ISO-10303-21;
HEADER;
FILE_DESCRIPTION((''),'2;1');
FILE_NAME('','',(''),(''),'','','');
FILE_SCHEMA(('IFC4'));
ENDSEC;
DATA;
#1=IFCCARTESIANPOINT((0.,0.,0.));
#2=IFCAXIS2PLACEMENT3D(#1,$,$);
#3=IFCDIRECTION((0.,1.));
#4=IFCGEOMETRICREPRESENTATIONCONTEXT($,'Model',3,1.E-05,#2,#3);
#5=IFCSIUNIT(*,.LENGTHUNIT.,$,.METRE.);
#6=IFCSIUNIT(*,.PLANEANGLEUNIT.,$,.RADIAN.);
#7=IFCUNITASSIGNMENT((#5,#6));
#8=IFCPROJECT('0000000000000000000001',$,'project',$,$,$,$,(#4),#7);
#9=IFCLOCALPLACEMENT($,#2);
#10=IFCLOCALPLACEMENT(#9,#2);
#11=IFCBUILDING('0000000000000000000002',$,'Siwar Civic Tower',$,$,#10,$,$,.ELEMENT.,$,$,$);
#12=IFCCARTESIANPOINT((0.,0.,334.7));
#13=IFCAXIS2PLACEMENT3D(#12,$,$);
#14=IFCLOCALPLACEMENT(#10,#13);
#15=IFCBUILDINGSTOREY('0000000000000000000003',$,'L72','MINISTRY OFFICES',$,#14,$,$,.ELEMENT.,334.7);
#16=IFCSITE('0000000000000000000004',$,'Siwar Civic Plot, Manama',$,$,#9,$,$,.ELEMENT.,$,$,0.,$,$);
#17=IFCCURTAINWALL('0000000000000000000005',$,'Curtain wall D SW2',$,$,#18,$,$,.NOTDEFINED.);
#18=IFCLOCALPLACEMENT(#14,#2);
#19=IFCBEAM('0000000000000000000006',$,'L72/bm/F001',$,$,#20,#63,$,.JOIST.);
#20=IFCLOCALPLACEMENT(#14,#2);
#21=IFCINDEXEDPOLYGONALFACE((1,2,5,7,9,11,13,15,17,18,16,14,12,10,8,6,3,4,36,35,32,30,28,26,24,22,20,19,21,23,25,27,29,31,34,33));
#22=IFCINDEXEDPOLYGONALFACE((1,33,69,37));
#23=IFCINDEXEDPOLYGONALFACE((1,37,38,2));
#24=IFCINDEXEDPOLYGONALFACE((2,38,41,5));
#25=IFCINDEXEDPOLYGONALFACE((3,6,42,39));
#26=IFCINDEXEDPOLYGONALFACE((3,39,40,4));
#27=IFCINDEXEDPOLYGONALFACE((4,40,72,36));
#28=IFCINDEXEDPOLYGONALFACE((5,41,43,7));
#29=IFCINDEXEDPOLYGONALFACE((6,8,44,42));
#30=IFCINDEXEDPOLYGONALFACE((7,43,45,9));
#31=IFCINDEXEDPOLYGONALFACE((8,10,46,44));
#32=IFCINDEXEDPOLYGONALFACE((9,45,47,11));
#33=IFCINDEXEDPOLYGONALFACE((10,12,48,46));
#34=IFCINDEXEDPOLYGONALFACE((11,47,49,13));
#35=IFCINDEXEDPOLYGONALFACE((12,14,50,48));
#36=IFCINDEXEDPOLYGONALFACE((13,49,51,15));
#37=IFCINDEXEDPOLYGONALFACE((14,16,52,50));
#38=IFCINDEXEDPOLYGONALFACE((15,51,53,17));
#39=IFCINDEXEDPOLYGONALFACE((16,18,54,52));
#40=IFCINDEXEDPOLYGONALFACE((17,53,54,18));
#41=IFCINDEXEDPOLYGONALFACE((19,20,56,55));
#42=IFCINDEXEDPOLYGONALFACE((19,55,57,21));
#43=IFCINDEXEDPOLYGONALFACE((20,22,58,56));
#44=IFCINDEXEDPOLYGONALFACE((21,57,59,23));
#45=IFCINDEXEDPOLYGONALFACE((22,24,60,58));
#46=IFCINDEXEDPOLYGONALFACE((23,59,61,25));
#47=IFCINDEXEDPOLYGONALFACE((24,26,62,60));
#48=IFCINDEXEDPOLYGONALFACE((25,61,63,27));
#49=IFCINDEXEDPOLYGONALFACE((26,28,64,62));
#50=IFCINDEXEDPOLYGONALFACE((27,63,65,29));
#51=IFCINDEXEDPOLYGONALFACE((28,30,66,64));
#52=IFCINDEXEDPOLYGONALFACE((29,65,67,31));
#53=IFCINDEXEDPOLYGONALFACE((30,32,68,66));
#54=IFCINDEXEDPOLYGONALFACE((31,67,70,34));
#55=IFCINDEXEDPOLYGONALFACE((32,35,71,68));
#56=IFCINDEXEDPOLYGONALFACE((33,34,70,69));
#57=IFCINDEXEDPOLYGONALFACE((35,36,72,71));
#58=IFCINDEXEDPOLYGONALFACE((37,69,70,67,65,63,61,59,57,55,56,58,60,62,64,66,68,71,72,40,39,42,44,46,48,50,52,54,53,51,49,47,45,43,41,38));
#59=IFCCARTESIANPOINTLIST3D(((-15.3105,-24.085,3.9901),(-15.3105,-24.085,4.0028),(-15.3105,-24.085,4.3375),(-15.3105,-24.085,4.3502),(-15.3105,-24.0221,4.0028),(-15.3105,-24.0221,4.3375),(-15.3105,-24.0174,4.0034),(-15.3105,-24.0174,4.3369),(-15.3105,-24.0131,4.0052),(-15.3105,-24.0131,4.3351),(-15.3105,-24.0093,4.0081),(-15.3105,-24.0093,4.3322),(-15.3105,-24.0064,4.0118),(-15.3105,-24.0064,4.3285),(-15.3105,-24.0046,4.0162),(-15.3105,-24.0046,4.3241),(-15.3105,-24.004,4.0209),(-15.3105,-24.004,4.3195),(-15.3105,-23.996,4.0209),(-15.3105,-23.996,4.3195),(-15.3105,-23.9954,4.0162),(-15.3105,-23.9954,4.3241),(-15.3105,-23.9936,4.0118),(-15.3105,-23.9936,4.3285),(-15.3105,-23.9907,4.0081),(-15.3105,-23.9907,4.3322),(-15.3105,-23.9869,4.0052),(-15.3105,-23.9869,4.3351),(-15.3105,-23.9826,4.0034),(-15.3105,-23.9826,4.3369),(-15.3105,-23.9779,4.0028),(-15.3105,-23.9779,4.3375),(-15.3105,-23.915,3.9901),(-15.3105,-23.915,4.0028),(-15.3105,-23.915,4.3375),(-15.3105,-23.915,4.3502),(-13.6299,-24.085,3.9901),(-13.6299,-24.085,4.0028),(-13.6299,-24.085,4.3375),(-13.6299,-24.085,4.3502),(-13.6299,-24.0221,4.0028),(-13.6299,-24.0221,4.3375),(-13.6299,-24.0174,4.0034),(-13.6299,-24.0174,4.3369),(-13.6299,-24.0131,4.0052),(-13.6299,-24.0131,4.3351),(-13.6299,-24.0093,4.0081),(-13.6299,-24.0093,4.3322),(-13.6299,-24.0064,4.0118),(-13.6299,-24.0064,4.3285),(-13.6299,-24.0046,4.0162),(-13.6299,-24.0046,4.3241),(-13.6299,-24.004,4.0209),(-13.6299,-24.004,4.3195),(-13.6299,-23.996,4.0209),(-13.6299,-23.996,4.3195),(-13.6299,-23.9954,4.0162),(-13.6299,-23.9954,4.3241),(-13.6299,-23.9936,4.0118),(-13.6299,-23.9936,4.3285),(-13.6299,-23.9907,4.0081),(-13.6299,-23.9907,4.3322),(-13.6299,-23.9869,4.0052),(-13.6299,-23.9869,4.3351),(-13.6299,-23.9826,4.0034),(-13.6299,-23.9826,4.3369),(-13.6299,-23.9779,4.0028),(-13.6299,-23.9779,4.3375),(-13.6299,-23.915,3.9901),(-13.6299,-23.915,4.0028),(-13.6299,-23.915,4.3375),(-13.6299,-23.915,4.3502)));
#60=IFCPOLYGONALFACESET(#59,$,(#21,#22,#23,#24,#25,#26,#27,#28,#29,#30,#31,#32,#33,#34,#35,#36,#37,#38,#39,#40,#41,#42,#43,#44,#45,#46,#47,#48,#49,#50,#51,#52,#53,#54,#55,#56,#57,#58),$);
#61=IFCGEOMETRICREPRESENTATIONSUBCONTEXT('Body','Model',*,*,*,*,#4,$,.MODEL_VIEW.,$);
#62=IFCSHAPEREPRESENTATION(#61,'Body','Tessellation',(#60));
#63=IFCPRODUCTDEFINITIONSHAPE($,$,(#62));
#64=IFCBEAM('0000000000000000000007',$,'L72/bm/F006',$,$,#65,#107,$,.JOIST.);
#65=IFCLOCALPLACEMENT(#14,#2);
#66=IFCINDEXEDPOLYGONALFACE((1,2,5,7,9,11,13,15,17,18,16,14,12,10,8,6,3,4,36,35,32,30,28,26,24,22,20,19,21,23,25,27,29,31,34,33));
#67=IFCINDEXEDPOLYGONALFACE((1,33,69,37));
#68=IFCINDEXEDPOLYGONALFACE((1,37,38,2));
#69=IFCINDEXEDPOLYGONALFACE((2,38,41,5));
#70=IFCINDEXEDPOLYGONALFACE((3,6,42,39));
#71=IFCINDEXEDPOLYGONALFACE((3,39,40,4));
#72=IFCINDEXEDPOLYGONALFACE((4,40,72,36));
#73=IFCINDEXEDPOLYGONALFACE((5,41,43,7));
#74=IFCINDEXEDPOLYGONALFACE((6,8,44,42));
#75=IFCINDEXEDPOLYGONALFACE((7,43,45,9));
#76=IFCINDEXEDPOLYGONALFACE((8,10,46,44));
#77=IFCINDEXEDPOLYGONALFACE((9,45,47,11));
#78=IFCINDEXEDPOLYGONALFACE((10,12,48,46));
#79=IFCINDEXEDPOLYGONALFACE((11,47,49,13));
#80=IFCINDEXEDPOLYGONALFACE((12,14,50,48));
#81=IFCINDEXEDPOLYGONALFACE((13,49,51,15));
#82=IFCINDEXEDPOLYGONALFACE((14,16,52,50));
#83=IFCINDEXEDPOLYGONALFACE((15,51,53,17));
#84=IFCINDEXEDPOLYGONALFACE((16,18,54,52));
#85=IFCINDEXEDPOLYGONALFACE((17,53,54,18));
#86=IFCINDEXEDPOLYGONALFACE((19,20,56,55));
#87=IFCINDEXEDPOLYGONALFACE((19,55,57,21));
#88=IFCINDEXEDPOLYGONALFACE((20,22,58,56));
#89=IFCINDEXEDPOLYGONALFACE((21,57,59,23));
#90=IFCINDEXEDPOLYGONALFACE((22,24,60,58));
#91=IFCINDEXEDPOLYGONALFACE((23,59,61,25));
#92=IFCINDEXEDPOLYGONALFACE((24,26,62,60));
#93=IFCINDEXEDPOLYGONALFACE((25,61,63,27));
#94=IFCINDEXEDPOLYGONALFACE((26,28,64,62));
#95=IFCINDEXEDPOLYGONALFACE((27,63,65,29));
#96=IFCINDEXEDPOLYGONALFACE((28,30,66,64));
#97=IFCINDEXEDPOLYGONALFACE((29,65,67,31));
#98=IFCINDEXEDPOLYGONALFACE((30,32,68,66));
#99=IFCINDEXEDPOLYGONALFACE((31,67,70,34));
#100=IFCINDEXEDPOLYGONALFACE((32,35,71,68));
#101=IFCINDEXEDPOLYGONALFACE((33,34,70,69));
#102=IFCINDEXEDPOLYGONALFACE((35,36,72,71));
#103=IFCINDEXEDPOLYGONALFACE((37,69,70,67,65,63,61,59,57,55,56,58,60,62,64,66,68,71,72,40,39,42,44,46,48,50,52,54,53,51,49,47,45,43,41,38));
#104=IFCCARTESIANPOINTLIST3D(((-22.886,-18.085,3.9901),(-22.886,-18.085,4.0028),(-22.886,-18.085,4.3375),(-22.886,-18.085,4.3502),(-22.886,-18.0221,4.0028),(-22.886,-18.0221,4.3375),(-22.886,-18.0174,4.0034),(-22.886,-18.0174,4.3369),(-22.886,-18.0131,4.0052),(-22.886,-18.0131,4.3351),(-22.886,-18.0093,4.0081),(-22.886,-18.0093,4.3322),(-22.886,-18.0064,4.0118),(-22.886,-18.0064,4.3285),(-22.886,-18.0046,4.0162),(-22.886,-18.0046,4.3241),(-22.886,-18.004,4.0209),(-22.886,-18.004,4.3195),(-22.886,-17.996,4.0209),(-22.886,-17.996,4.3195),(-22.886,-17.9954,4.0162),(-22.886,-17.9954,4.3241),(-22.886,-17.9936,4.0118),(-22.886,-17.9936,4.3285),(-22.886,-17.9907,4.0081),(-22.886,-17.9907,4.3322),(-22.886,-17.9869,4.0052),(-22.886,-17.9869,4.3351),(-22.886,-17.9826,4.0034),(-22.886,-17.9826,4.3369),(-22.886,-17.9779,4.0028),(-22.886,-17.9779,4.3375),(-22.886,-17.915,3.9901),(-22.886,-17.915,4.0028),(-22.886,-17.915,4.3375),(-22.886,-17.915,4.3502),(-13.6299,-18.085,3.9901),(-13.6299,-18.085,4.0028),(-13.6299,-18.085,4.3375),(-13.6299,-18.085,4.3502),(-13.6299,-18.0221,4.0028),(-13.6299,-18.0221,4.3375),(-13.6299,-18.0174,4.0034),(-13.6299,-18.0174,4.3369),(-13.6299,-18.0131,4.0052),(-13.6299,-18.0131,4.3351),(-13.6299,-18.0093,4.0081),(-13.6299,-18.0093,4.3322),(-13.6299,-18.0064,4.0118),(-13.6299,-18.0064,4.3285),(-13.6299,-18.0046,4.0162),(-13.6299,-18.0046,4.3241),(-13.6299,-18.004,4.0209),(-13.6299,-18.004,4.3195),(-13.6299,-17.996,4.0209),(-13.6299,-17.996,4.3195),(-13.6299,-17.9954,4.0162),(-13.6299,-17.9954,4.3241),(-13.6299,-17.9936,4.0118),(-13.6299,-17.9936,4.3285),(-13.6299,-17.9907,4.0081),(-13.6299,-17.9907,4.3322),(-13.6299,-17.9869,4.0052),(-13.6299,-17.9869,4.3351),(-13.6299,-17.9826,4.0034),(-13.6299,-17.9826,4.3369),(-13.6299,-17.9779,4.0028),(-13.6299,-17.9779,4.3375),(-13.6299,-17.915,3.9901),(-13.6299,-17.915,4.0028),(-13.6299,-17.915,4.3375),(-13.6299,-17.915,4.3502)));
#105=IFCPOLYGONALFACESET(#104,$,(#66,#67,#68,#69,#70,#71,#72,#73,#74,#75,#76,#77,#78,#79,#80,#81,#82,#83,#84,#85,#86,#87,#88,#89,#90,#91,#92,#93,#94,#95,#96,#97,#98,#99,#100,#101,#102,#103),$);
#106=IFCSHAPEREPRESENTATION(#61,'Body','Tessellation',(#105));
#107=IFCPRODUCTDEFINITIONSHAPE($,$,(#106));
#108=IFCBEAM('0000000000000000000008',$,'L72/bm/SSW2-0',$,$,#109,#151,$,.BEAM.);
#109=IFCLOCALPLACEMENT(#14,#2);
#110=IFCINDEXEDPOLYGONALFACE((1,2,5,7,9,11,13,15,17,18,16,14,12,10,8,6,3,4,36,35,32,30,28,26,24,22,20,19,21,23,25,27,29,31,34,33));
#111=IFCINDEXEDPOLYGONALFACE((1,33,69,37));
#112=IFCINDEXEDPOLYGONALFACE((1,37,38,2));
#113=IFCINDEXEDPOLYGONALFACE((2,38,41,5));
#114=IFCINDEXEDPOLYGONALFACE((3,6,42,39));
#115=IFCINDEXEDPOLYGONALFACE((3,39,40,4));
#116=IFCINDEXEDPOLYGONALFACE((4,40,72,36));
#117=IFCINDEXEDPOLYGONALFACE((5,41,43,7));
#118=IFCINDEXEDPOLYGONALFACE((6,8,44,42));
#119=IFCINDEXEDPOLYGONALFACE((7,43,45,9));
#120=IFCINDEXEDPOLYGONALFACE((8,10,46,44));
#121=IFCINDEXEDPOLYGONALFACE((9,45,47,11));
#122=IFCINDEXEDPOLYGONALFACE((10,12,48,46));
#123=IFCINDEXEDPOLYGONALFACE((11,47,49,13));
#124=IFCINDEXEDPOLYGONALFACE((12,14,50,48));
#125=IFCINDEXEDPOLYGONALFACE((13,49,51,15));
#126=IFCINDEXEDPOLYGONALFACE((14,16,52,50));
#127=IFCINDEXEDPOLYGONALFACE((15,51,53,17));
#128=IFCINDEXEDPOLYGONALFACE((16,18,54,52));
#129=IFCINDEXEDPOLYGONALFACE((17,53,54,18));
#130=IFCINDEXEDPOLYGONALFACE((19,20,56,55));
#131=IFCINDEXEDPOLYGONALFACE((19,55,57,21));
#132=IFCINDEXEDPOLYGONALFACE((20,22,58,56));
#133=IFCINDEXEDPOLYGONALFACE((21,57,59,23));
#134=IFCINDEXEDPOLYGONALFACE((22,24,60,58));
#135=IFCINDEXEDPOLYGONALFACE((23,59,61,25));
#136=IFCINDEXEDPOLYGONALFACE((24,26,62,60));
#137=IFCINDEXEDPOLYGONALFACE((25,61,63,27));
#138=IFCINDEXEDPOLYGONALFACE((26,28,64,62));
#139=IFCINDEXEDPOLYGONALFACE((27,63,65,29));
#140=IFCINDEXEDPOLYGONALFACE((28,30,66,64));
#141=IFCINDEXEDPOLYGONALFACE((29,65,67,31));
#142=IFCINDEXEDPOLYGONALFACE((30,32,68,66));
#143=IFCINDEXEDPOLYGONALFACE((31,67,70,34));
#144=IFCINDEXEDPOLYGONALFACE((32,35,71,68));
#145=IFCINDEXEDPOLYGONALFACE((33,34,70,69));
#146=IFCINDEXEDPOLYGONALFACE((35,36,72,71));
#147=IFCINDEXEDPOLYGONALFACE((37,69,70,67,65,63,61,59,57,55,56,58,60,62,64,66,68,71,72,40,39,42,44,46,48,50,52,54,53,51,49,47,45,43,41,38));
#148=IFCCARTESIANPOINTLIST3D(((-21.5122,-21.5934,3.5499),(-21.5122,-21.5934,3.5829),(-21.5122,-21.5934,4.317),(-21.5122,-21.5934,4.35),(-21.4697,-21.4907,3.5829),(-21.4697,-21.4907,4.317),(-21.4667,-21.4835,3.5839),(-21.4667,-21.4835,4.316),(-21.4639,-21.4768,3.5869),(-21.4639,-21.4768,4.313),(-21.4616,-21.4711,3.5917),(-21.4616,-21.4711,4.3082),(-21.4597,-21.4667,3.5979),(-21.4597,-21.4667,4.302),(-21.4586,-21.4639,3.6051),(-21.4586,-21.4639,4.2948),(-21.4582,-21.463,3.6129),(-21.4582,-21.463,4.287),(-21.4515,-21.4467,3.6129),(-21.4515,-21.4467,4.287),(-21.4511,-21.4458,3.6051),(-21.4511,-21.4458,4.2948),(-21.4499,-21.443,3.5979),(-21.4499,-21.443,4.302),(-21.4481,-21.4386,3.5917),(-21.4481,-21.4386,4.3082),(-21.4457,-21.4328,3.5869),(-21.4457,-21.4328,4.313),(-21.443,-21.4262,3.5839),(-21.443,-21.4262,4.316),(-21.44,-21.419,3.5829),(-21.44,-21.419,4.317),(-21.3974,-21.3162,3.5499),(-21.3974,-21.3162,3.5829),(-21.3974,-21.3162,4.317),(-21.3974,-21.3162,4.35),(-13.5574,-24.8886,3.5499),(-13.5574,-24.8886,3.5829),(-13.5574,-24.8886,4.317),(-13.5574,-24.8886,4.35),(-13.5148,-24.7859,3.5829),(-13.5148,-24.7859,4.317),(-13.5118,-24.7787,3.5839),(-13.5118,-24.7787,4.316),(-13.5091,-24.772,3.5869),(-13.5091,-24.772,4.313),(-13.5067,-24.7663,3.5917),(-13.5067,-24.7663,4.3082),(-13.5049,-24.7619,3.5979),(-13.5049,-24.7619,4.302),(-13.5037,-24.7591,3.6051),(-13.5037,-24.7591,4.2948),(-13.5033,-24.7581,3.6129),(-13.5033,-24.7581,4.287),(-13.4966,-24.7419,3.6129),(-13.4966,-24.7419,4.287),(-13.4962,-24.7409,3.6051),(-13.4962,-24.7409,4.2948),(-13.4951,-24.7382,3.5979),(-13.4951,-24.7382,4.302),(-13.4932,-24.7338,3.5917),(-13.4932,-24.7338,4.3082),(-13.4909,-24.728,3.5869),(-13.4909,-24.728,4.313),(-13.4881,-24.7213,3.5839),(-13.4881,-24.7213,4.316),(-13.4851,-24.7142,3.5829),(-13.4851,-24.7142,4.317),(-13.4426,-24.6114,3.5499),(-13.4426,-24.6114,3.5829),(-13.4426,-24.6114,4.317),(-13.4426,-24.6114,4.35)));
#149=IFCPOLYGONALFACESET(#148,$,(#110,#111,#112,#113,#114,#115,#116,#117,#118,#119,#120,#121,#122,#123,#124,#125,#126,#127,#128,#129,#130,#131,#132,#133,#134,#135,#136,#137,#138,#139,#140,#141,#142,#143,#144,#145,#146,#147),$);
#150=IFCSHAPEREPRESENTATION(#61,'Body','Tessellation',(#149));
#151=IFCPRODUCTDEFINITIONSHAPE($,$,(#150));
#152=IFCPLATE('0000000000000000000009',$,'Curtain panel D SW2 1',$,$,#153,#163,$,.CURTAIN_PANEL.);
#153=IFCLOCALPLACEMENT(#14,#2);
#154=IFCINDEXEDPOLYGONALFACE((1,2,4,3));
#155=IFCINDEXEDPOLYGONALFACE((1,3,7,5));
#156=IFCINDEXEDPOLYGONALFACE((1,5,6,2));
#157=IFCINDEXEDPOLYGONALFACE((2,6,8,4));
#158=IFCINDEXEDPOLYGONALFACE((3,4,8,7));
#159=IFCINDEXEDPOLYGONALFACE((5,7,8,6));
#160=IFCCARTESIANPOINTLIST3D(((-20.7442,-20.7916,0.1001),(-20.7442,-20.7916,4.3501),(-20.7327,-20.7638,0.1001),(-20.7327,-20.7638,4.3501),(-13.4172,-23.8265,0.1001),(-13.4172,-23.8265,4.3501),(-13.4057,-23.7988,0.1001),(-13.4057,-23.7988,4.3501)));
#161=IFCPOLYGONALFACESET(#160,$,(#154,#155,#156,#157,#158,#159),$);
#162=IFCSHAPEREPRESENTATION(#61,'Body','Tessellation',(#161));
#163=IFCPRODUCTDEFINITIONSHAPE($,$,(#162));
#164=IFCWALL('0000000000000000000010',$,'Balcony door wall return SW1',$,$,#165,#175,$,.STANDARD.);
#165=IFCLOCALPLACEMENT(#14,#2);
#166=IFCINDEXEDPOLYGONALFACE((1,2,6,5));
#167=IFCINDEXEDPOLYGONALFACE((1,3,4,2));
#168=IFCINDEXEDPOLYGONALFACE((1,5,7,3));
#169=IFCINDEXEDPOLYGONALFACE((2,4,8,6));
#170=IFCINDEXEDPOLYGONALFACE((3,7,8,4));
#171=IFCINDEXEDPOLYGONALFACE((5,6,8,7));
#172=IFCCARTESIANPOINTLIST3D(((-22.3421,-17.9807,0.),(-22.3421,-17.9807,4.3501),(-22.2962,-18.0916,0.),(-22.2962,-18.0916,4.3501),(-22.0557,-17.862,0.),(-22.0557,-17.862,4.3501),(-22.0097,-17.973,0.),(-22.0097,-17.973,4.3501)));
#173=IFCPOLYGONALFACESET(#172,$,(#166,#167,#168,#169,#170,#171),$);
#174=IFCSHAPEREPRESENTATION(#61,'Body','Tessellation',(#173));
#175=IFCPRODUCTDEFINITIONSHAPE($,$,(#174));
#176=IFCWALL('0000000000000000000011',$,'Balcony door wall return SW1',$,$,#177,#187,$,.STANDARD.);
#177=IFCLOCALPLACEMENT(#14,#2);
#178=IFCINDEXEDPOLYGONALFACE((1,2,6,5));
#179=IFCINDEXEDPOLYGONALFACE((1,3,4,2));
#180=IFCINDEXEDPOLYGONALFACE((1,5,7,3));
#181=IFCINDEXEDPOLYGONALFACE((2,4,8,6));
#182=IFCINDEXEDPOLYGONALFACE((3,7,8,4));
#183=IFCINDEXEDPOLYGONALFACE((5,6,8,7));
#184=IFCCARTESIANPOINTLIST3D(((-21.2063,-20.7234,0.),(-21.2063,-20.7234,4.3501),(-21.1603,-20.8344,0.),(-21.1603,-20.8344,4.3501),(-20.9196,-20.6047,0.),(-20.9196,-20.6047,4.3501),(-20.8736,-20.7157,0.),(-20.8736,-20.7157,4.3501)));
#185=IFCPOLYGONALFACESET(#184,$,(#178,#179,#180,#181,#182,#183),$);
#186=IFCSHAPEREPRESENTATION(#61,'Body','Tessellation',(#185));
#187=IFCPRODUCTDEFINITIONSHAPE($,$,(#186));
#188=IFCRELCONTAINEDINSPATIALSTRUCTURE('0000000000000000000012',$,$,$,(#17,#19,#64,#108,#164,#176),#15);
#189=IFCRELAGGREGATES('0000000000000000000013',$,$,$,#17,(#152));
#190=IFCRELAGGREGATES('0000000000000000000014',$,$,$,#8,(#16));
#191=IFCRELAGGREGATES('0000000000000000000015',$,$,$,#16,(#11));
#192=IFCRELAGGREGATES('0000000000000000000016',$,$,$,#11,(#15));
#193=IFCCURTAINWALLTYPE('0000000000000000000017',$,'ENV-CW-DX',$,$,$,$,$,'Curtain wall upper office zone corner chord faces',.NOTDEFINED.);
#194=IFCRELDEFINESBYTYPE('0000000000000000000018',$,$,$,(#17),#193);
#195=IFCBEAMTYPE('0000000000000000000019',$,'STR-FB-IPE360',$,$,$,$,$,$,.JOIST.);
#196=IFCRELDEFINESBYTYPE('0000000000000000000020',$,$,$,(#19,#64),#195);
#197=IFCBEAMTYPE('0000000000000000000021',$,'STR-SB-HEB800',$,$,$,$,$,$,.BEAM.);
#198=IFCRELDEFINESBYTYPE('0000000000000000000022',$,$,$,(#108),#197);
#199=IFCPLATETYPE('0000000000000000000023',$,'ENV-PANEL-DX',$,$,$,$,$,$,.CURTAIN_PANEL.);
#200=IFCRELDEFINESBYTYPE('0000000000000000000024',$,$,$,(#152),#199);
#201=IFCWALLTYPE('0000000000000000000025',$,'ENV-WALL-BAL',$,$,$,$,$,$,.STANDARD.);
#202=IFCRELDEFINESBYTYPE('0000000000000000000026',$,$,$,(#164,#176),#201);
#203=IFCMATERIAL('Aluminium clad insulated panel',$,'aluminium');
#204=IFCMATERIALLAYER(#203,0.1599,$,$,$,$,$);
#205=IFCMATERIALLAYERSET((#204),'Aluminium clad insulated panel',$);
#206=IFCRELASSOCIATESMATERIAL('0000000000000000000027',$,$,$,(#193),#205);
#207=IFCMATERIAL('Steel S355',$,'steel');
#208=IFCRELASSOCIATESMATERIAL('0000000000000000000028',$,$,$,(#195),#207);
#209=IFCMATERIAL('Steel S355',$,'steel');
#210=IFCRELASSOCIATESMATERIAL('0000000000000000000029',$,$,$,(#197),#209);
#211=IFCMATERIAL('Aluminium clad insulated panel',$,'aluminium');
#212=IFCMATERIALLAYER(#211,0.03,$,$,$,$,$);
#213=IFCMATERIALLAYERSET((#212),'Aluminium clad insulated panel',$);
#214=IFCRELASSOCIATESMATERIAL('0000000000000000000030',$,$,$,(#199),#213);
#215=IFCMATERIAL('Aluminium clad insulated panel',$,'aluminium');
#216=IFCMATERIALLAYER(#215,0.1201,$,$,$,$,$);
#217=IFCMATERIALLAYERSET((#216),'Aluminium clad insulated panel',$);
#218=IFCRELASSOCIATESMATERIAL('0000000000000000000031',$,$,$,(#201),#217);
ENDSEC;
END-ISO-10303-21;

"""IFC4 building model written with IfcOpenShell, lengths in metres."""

from ifc_helpers import new_model, si_unit, direction, frame, frame_2d, origin, origin_2d, place, context, subcontext, project, spatial, rectangle, i_section, extrude, material, layer, layer_set, material_profile, profile_set, type_object, element, aggregate, save


model = new_model("IFC4")

# Units and contexts
model_context = context("Model", 3, precision=1e-05, world=origin(), true_north=direction((0.0, 1.0)))
body_context = subcontext(model_context, "Body", "Model", "MODEL_VIEW")
ifc_project = project(units=[si_unit("LENGTHUNIT", "METRE"), si_unit("PLANEANGLEUNIT", "RADIAN")], contexts=[model_context])

# Site, building, storey
site_placement = place(None, origin())
site = spatial("IfcSite", under=ifc_project, at=site_placement, Name="Siwar Civic Plot, Manama", CompositionType="ELEMENT", RefElevation=0.0)
building_placement = place(site_placement, origin())
building = spatial("IfcBuilding", under=site, at=building_placement, Name="Siwar Civic Tower", CompositionType="ELEMENT")
storey_placement = place(building_placement, frame((0.0, 0.0, 334.7)))
storey = spatial("IfcBuildingStorey", under=building, at=storey_placement, Name="L72", Description="MINISTRY OFFICES", CompositionType="ELEMENT", Elevation=334.7)

# Shared definitions
ifc_material_1 = material(Name="Aluminium clad insulated panel", Category="aluminium")
ifc_layer_1 = layer(ifc_material_1, 0.1599)
ifc_layer_set_1 = layer_set([ifc_layer_1], Name="Aluminium clad insulated panel")
curtain_wall_type = type_object("IfcCurtainWallType", Name="ENV-CW-DX", ElementType="Curtain wall upper office zone corner chord faces", PredefinedType="NOTDEFINED", material=ifc_layer_set_1)

# Curtain wall
curtain_wall_1_placement = place(storey_placement, origin())
curtain_wall_1 = element("IfcCurtainWall", 1, at=curtain_wall_1_placement, inside=storey, type_object=curtain_wall_type, Name="Curtain wall D SW2", PredefinedType="NOTDEFINED")

# Beams
ifc_material_2 = material(Name="Steel S355", Category="steel")
ifc_material_profile_1 = material_profile(ifc_material_2, i_section(OverallWidth=0.1699, OverallDepth=0.3601, WebThickness=0.0081, FlangeThickness=0.0127, FilletRadius=0.0181, at=origin_2d()), Name="IPE360")
ifc_profile_set_1 = profile_set([ifc_material_profile_1], Name="Steel S355")
beam_type_1 = type_object("IfcBeamType", Name="STR-FB-IPE360", PredefinedType="JOIST", material=ifc_profile_set_1)
beam_1_placement = place(storey_placement, frame((-15.3105, -24.0, 4.1702), z_axis=(1.0, 0.0, 0.0), x_axis=(0.0, 1.0, 0.0)))
element("IfcBeam", 2, at=beam_1_placement, inside=storey, type_object=beam_type_1, Name="L72/bm/F001", PredefinedType="JOIST", context=body_context, shape_type="SweptSolid", body=[
    extrude(i_section(OverallWidth=0.1699, OverallDepth=0.3601, WebThickness=0.0081, FlangeThickness=0.0127, FilletRadius=0.0181, at=origin_2d()), origin(), (0.0, 0.0, 1.0), 1.6807),
])
beam_2_placement = place(storey_placement, frame((-22.886, -18.0, 4.1702), z_axis=(1.0, 0.0, 0.0), x_axis=(0.0, 1.0, 0.0)))
element("IfcBeam", 3, at=beam_2_placement, inside=storey, type_object=beam_type_1, Name="L72/bm/F006", PredefinedType="JOIST", context=body_context, shape_type="SweptSolid", body=[
    extrude(i_section(OverallWidth=0.1699, OverallDepth=0.3601, WebThickness=0.0081, FlangeThickness=0.0127, FilletRadius=0.0181, at=origin_2d()), origin(), (0.0, 0.0, 1.0), 9.2561),
])
ifc_material_3 = material(Name="Steel S355", Category="steel")
ifc_material_profile_2 = material_profile(ifc_material_3, i_section(OverallWidth=0.3, OverallDepth=0.8, WebThickness=0.0176, FlangeThickness=0.033, FilletRadius=0.03, at=origin_2d()), Name="HEB800")
ifc_profile_set_2 = profile_set([ifc_material_profile_2], Name="Steel S355")
beam_type_2 = type_object("IfcBeamType", Name="STR-SB-HEB800", PredefinedType="BEAM", material=ifc_profile_set_2)
beam_3_placement = place(storey_placement, frame((-21.4548, -21.4548, 3.95), z_axis=(0.923873, -0.3827, 0.0), x_axis=(0.3827, 0.923873, 0.0)))
element("IfcBeam", 4, at=beam_3_placement, inside=storey, type_object=beam_type_2, Name="L72/bm/SSW2-0", PredefinedType="BEAM", context=body_context, shape_type="SweptSolid", body=[
    extrude(i_section(OverallWidth=0.3, OverallDepth=0.8, WebThickness=0.0176, FlangeThickness=0.033, FilletRadius=0.03, at=origin_2d()), origin(), (0.0, 0.0, 1.0), 8.6104),
])

# Plate
ifc_material_4 = material(Name="Aluminium clad insulated panel", Category="aluminium")
ifc_layer_2 = layer(ifc_material_4, 0.03)
ifc_layer_set_2 = layer_set([ifc_layer_2], Name="Aluminium clad insulated panel")
plate_type = type_object("IfcPlateType", Name="ENV-PANEL-DX", PredefinedType="CURTAIN_PANEL", material=ifc_layer_set_2)
plate_placement = place(storey_placement, frame((-17.075, -22.2952, 0.1001), z_axis=(0.0, 0.0, 1.0), x_axis=(0.92388, -0.382683, 0.0)))
plate = element("IfcPlate", 5, at=plate_placement, type_object=plate_type, Name="Curtain panel D SW2 1", PredefinedType="CURTAIN_PANEL", context=body_context, shape_type="SweptSolid", body=[
    extrude(rectangle(XDim=7.9307, YDim=0.03, at=origin_2d()), origin(), (0.0, 0.0, 1.0), 4.25),
])
aggregate(curtain_wall_1, [plate])

# Walls
ifc_material_5 = material(Name="Aluminium clad insulated panel", Category="aluminium")
ifc_layer_3 = layer(ifc_material_5, 0.1201)
ifc_layer_set_3 = layer_set([ifc_layer_3], Name="Aluminium clad insulated panel")
wall_type = type_object("IfcWallType", Name="ENV-WALL-BAL", PredefinedType="STANDARD", material=ifc_layer_set_3)
wall_1_placement = place(storey_placement, frame((-22.0327, -17.9175, 0.0), z_axis=(0.0, 0.0, 1.0), x_axis=(-0.923844, -0.382769, 0.0)))
element("IfcWall", 6, at=wall_1_placement, inside=storey, type_object=wall_type, Name="Balcony door wall return SW1", PredefinedType="STANDARD", context=body_context, shape_type="SweptSolid", body=[
    extrude(rectangle(XDim=0.3101, YDim=0.1201, at=frame_2d((0.155, 0.0))), origin(), (0.0, 0.0, 1.0), 4.3501),
])
wall_2_placement = place(storey_placement, frame((-20.8965, -20.6602, 0.0), z_axis=(0.0, 0.0, 1.0), x_axis=(-0.923959, -0.382491, 0.0)))
element("IfcWall", 7, at=wall_2_placement, inside=storey, type_object=wall_type, Name="Balcony door wall return SW1", PredefinedType="STANDARD", context=body_context, shape_type="SweptSolid", body=[
    extrude(rectangle(XDim=0.3103, YDim=0.1201, at=frame_2d((0.1553, 0.0))), origin(), (0.0, 0.0, 1.0), 4.3501),
])

save(model, "model.ifc")
